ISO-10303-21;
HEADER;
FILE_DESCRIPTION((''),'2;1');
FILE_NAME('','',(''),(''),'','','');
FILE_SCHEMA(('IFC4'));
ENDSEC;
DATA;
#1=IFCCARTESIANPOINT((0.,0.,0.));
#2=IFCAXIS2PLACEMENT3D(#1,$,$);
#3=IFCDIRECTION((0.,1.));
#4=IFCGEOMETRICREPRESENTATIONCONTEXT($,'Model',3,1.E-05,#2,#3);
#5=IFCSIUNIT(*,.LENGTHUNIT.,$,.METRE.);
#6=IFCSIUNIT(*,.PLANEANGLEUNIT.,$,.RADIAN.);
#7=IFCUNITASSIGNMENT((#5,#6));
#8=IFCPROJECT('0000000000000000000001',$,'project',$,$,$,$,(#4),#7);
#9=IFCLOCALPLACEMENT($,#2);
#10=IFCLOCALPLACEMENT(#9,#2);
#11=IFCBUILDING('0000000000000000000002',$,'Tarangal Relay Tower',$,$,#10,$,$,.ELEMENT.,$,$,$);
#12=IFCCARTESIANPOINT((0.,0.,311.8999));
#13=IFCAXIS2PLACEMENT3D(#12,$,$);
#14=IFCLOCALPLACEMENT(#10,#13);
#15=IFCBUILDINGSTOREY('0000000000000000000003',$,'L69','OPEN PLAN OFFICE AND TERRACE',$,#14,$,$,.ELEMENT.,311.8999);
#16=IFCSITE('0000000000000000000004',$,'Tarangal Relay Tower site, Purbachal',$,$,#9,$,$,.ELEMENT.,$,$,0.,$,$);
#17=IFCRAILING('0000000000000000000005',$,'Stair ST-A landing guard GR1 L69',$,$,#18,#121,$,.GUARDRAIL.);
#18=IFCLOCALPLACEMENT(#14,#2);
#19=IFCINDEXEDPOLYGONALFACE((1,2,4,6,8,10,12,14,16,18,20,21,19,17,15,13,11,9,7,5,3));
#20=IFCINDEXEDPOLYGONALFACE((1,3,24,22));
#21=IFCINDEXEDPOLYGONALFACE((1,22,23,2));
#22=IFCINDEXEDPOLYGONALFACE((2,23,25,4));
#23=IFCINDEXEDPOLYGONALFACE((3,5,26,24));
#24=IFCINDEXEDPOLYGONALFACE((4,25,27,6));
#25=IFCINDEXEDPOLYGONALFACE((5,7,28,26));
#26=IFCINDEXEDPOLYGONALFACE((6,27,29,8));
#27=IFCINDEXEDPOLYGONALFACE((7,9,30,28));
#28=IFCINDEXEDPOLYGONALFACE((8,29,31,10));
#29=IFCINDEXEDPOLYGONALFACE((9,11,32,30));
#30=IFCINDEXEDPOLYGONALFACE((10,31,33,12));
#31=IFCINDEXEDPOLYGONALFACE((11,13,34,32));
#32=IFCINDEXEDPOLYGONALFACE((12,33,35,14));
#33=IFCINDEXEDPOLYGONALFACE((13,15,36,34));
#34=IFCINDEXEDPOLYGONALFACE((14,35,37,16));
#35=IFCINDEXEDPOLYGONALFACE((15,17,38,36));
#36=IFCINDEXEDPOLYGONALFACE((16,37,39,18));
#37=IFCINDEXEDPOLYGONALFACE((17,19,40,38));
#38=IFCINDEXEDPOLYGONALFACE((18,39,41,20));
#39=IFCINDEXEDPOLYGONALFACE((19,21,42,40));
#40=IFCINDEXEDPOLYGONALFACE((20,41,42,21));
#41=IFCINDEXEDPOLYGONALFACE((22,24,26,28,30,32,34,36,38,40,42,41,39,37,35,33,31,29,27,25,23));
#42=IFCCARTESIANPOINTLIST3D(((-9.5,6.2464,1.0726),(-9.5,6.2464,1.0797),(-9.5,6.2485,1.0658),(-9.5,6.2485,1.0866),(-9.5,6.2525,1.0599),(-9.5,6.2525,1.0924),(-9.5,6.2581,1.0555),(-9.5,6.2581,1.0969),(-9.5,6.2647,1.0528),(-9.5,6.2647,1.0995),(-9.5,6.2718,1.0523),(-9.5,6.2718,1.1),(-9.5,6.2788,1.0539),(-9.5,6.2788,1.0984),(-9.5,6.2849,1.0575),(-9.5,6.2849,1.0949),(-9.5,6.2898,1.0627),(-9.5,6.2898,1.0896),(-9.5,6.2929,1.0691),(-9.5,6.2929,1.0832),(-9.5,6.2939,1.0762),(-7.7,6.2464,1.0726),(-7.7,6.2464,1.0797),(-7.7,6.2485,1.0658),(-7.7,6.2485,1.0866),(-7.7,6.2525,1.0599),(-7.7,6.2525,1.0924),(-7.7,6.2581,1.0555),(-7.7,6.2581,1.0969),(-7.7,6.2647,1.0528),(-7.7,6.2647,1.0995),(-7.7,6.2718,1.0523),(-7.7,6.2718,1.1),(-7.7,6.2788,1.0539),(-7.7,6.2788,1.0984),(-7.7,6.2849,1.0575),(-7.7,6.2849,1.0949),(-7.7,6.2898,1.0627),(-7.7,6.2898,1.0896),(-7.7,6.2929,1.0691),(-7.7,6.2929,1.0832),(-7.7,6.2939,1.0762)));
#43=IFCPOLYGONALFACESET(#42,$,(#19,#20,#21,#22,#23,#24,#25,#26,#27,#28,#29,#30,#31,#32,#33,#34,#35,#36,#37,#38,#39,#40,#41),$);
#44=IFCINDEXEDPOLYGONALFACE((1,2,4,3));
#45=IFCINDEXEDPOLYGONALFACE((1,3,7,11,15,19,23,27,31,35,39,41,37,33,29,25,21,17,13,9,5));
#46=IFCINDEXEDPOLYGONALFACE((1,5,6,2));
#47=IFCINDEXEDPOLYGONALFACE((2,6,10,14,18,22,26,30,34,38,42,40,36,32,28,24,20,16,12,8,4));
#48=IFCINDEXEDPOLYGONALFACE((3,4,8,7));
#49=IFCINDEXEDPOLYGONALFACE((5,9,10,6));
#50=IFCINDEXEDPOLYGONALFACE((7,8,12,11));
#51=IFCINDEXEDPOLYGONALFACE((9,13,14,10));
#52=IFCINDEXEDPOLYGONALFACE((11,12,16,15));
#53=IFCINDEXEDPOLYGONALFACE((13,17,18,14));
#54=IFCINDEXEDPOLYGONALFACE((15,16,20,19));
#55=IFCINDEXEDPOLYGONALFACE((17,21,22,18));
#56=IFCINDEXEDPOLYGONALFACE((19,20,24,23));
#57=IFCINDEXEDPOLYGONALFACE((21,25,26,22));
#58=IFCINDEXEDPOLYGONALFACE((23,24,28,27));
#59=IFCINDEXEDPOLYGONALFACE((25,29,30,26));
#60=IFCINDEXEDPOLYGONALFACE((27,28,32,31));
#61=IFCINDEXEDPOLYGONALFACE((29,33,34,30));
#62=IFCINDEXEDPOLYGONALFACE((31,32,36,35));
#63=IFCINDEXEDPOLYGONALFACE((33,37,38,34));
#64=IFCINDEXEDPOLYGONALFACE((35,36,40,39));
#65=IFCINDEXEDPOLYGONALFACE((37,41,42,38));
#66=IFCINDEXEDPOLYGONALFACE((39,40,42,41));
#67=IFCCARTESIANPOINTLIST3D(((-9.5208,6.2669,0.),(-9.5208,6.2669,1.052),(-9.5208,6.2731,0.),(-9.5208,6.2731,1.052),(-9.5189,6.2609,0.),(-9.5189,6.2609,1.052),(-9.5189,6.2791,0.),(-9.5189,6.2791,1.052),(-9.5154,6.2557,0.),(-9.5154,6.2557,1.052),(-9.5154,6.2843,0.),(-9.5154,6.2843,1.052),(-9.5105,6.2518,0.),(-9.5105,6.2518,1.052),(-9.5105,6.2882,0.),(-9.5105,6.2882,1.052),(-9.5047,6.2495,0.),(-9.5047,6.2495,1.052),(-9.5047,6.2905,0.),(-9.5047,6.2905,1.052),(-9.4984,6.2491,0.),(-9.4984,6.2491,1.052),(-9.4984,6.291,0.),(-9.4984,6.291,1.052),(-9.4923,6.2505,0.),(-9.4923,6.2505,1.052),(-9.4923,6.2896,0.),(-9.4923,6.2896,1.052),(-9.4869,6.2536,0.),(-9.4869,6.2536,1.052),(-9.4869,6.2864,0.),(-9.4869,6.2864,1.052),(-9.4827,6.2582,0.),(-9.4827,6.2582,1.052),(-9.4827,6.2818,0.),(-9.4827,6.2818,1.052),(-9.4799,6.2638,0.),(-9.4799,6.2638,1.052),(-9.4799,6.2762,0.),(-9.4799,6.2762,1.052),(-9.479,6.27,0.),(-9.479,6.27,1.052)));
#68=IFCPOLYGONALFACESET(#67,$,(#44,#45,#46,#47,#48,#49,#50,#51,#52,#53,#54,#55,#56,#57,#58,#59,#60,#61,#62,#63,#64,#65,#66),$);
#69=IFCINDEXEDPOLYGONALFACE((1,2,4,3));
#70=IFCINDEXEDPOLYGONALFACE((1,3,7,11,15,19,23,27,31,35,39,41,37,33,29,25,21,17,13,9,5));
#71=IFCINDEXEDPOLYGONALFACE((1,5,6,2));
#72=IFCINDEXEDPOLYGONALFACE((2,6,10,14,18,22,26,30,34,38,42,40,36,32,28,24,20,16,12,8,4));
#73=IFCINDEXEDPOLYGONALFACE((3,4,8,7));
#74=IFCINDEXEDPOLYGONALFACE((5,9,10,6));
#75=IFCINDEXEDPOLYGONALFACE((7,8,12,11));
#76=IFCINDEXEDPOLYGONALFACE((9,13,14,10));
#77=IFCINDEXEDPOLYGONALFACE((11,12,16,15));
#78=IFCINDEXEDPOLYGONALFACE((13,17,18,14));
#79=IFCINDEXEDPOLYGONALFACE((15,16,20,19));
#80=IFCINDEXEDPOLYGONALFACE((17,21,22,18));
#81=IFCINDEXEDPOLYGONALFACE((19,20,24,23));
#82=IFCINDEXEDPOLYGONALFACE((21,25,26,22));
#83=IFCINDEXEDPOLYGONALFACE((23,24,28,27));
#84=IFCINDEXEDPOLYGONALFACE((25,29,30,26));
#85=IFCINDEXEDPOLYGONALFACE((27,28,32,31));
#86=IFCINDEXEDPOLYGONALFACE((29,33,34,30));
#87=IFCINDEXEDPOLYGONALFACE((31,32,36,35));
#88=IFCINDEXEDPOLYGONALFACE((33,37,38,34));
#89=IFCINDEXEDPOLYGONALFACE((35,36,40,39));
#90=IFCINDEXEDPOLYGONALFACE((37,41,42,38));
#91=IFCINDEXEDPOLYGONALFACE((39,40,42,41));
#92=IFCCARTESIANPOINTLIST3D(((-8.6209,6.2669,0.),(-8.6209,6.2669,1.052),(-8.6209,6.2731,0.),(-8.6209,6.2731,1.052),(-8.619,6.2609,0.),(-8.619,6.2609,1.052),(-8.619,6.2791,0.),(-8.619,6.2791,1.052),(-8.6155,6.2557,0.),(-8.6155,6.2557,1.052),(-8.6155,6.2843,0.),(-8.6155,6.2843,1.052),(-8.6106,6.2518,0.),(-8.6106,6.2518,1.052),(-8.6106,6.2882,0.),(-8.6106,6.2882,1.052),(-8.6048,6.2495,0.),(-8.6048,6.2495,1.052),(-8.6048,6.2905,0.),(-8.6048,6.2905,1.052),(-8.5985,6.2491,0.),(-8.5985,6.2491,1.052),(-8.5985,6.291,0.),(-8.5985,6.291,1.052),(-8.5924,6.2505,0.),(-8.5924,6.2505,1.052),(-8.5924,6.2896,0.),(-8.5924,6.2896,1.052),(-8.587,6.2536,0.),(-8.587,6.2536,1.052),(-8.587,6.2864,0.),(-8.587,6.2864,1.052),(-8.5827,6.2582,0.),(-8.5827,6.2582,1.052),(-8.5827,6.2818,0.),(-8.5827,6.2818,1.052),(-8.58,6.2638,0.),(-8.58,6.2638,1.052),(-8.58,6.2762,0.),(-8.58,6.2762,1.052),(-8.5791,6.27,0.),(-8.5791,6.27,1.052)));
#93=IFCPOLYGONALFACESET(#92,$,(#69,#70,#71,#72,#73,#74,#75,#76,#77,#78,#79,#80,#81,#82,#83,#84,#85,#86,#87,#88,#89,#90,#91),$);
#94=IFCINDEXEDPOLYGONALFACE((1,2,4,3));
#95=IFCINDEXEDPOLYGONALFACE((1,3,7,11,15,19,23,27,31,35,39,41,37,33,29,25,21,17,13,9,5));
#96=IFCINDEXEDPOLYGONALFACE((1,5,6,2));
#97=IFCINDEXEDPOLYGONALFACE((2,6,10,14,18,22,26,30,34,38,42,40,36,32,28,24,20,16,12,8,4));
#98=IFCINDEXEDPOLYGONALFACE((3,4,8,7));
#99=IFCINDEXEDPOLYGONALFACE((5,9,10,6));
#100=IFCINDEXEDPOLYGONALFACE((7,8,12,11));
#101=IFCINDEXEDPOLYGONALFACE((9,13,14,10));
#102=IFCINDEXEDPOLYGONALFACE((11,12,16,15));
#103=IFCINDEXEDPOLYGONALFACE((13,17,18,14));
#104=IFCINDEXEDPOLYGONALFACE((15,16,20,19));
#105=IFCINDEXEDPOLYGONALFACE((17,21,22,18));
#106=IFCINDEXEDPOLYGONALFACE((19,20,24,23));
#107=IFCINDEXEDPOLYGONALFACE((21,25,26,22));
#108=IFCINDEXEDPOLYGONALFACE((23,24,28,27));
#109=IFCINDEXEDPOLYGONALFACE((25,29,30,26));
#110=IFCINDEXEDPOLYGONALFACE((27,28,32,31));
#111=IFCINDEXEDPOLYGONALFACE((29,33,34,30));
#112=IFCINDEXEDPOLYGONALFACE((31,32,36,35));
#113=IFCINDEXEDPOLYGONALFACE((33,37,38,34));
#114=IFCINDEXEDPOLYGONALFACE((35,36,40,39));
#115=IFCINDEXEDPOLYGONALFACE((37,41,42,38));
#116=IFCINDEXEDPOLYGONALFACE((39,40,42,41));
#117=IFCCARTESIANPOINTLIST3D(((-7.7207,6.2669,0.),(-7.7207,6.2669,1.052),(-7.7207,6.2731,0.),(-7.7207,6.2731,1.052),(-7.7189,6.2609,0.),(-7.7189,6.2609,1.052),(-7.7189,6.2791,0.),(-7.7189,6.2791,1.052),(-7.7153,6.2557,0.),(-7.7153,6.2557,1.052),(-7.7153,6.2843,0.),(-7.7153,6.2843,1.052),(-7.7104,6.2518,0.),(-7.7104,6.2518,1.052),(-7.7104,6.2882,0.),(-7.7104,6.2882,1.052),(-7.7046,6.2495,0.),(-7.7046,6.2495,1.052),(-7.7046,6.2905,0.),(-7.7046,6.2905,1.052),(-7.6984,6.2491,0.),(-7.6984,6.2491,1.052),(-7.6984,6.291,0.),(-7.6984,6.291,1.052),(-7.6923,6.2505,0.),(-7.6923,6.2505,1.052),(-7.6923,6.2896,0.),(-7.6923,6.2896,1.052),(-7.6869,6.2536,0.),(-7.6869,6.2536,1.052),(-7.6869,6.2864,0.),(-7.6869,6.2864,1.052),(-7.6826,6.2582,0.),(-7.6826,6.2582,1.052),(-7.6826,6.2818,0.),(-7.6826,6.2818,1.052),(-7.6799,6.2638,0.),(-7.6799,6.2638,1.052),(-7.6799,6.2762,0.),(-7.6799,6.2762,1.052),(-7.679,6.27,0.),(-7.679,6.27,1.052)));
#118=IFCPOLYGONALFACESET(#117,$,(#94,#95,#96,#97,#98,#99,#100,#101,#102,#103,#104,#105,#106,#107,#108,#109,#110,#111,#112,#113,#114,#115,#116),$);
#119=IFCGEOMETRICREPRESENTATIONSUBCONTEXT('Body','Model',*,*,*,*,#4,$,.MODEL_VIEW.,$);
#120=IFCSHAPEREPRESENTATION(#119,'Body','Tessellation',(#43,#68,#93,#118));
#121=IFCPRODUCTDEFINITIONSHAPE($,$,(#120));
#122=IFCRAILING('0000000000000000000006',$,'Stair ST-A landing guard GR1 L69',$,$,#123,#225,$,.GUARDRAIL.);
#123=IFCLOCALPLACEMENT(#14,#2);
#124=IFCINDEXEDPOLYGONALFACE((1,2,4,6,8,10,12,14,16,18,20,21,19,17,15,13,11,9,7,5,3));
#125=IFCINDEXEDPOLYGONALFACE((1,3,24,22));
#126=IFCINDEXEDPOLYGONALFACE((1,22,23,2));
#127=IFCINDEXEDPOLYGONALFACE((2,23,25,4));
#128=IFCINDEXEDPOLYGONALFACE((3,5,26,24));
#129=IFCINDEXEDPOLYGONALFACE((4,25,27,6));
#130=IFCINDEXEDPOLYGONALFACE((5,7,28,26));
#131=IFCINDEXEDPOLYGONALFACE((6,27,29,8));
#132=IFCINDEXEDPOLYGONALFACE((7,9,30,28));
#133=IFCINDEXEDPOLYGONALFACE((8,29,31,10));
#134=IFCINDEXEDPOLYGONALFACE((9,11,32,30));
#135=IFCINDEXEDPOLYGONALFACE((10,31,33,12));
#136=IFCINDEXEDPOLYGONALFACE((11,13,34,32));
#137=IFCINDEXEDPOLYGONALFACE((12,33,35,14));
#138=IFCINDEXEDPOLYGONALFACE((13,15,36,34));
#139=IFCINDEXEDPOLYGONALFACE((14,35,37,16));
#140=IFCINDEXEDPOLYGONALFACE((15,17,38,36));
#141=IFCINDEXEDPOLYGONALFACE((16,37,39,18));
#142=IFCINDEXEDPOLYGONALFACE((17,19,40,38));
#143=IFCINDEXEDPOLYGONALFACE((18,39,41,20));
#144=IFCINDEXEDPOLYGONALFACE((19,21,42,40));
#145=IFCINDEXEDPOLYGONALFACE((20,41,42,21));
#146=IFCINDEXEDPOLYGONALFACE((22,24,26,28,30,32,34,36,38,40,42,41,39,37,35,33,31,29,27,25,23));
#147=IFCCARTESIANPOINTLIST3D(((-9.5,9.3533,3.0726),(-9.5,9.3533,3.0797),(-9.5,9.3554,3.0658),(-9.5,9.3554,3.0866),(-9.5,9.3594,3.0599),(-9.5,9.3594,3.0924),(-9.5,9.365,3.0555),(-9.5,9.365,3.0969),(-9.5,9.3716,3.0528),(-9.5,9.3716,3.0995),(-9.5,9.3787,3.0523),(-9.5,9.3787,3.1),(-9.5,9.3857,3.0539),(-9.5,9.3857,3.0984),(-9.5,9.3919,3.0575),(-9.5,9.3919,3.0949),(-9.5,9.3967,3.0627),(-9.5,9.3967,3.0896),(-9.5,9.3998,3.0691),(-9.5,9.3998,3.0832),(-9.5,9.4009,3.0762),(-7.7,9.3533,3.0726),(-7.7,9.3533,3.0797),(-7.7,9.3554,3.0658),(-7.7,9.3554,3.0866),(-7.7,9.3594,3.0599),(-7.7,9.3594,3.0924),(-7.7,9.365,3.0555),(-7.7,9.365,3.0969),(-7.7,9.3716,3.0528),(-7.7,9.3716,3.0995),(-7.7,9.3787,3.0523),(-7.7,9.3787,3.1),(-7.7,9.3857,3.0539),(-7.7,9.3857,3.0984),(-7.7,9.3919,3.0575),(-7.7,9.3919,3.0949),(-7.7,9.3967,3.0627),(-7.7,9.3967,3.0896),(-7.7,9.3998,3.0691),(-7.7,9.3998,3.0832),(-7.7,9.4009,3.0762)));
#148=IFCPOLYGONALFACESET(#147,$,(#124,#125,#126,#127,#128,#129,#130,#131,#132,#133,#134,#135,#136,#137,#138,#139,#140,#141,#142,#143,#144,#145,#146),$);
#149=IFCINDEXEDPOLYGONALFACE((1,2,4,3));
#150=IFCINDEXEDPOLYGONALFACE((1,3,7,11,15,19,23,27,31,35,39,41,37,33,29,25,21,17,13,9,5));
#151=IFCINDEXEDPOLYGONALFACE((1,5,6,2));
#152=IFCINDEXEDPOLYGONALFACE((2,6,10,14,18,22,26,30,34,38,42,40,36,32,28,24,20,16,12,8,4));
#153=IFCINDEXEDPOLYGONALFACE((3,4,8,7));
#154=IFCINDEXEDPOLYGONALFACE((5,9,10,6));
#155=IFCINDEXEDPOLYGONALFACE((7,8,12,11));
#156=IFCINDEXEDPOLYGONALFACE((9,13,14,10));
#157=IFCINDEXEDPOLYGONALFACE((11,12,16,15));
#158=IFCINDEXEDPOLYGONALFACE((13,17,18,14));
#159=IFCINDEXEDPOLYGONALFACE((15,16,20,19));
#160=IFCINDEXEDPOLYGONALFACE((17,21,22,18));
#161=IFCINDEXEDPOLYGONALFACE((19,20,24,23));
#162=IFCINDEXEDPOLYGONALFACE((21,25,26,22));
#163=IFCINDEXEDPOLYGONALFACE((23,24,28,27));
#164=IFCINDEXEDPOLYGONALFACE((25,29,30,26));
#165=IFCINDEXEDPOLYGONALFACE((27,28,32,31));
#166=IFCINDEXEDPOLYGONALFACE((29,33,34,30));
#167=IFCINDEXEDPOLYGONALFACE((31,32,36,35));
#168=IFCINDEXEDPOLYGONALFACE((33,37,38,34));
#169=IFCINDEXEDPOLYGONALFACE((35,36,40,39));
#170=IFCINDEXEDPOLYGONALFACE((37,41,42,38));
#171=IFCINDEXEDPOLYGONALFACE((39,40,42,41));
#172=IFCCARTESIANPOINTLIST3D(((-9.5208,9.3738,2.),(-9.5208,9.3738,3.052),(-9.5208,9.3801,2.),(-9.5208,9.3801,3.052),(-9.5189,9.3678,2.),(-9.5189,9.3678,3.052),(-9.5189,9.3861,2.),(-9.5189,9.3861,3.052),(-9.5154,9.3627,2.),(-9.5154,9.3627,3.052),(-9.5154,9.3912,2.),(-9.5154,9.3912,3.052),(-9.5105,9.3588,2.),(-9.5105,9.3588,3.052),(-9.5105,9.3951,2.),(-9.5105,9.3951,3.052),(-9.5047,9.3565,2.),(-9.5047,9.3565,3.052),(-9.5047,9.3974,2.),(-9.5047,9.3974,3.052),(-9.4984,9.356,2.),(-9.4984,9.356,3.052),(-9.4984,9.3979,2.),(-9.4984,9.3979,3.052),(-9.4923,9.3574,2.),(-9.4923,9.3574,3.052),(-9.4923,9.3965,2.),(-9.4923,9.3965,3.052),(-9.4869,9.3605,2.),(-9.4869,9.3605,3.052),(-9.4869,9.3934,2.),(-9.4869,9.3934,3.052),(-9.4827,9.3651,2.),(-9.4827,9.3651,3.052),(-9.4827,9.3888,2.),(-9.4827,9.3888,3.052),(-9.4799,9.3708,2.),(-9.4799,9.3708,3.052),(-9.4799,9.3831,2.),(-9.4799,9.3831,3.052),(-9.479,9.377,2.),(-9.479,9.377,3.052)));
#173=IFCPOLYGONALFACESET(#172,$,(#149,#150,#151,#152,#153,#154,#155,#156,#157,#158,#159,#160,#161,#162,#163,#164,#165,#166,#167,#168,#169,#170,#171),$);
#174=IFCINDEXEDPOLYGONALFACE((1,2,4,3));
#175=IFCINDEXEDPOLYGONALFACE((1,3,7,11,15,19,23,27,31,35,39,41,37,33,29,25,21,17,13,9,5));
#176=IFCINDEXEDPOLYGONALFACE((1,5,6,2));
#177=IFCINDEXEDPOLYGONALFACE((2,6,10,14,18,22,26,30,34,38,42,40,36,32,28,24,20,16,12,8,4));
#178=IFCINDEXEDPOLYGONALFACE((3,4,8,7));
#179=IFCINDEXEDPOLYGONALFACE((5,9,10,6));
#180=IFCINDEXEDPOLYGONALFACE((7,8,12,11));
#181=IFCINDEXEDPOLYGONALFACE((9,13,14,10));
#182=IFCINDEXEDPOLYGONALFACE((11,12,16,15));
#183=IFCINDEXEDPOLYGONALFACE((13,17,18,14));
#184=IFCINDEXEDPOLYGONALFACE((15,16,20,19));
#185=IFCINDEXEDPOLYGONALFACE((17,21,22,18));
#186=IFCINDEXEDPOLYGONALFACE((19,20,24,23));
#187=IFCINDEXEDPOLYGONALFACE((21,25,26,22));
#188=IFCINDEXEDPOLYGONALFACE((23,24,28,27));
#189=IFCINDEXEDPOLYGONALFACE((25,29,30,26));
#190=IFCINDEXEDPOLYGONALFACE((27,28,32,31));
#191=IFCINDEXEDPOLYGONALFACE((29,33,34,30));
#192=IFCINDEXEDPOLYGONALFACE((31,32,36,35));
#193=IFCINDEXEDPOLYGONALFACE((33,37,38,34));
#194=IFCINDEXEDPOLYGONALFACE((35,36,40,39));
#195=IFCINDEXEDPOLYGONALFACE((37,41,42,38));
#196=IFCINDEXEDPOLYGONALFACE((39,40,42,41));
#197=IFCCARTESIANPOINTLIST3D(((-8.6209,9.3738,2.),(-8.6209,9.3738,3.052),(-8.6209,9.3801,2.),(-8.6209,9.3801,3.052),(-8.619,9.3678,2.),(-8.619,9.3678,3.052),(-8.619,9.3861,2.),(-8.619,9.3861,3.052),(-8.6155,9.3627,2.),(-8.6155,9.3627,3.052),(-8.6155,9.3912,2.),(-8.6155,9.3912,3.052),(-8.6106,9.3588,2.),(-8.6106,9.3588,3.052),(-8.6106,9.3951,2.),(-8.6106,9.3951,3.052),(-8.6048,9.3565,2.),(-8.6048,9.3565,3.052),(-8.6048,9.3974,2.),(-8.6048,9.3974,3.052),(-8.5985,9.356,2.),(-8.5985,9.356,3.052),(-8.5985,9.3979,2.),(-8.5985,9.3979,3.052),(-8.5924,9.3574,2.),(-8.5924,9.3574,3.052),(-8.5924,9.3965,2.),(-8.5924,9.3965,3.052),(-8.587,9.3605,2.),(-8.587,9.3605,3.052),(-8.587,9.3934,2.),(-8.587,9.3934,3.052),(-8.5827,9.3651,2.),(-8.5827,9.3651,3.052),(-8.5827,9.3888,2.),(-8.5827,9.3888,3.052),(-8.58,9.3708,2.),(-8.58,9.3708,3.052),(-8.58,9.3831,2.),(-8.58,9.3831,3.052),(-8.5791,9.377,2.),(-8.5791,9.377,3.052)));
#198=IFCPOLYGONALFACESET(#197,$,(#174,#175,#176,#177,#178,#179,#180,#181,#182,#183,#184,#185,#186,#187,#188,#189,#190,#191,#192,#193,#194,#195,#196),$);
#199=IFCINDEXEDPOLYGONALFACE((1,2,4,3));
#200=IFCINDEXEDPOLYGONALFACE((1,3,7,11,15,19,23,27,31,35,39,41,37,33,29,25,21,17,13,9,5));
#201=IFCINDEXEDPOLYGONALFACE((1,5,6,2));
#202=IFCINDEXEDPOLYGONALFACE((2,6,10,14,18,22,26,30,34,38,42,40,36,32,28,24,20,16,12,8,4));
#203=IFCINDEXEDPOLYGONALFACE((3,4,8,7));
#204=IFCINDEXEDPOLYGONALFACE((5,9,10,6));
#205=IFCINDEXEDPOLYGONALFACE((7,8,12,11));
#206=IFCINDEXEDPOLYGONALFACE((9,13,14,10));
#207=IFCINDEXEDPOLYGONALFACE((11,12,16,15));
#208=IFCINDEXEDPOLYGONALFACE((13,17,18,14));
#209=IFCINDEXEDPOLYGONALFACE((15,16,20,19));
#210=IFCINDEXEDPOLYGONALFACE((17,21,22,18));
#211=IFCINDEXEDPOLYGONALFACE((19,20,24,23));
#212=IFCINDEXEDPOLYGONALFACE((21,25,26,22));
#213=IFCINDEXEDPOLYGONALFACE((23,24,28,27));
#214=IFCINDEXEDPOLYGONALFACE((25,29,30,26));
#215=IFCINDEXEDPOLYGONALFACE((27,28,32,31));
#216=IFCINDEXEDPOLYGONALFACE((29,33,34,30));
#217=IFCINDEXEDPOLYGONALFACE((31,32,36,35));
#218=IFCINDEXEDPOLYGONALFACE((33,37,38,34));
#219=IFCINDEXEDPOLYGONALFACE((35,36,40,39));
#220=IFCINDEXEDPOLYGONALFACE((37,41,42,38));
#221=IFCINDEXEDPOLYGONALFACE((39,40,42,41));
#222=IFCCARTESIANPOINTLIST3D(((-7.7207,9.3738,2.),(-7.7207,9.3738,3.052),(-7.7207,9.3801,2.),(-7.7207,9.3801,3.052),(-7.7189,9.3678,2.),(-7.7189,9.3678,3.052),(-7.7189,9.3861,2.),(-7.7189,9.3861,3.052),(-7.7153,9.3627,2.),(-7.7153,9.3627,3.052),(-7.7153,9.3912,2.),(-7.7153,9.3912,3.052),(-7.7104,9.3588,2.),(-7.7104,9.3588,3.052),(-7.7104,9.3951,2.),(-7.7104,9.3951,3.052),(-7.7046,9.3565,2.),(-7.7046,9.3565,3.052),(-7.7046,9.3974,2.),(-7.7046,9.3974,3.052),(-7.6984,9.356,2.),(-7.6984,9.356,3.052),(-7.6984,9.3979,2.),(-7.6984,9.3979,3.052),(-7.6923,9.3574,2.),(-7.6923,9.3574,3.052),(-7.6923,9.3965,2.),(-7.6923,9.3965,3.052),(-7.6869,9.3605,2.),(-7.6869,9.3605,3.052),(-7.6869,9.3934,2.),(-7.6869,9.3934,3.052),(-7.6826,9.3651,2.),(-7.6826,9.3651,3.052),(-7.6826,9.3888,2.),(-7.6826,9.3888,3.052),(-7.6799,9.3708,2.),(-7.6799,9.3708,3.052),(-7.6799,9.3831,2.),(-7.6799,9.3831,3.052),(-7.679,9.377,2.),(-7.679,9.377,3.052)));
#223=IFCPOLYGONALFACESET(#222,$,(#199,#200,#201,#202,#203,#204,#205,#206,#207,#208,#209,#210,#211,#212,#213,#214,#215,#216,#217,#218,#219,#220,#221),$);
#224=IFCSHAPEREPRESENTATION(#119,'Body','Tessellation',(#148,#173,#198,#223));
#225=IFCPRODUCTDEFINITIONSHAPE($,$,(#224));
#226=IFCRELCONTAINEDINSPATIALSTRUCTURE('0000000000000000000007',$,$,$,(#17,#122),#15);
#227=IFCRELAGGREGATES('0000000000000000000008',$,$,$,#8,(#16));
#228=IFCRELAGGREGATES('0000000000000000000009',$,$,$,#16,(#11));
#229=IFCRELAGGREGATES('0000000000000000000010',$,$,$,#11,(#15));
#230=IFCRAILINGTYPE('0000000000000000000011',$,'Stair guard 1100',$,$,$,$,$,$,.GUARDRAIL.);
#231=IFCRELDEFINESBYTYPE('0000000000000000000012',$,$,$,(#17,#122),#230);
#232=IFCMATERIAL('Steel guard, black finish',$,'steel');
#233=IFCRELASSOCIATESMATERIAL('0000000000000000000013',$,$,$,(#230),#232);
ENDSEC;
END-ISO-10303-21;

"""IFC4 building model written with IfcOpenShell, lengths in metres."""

from ifc_helpers import new_model, si_unit, direction, frame, origin, origin_2d, place, context, subcontext, project, spatial, circle, extrude, material, type_object, element, save


model = new_model("IFC4")

# Units and contexts
model_context = context("Model", 3, precision=1e-05, world=origin(), true_north=direction((0.0, 1.0)))
body_context = subcontext(model_context, "Body", "Model", "MODEL_VIEW")
ifc_project = project(units=[si_unit("LENGTHUNIT", "METRE"), si_unit("PLANEANGLEUNIT", "RADIAN")], contexts=[model_context])

# Site, building, storey
site_placement = place(None, origin())
site = spatial("IfcSite", under=ifc_project, at=site_placement, Name="Tarangal Relay Tower site, Purbachal", CompositionType="ELEMENT", RefElevation=0.0)
building_placement = place(site_placement, origin())
building = spatial("IfcBuilding", under=site, at=building_placement, Name="Tarangal Relay Tower", CompositionType="ELEMENT")
storey_placement = place(building_placement, frame((0.0, 0.0, 311.8999)))
storey = spatial("IfcBuildingStorey", under=building, at=storey_placement, Name="L69", Description="OPEN PLAN OFFICE AND TERRACE", CompositionType="ELEMENT", Elevation=311.8999)

# Railings
ifc_material_1 = material(Name="Steel guard, black finish", Category="steel")
railing_type_1 = type_object("IfcRailingType", Name="Stair guard 1100", PredefinedType="GUARDRAIL", material=ifc_material_1)
for number, where, name in (
    (1, (-9.5, 6.27, 0.0), "Stair ST-A landing guard GR1 L69"),
    (2, (-9.5, 9.377, 2.0), "Stair ST-A landing guard GR1 L69"),
):
    element("IfcRailing", number, at=place(storey_placement, frame(where)), inside=storey, type_object=railing_type_1, Name=name, PredefinedType="GUARDRAIL", context=body_context, shape_type="SweptSolid", body=[
        extrude(circle(Radius=0.0239, at=origin_2d()), frame((0.0, 0.0, 1.0762), z_axis=(1.0, 0.0, 0.0), x_axis=(0.0, 1.0, 0.0)), (0.0, 0.0, 1.0), 1.8),
        extrude(circle(Radius=0.021, at=origin_2d()), origin(), (0.0, 0.0, 1.0), 1.052),
        extrude(circle(Radius=0.021, at=origin_2d()), frame((0.8999, 0.0, 0.0)), (0.0, 0.0, 1.0), 1.052),
        extrude(circle(Radius=0.021, at=origin_2d()), frame((1.8, 0.0, 0.0)), (0.0, 0.0, 1.0), 1.052),
    ])

save(model, "model.ifc")
